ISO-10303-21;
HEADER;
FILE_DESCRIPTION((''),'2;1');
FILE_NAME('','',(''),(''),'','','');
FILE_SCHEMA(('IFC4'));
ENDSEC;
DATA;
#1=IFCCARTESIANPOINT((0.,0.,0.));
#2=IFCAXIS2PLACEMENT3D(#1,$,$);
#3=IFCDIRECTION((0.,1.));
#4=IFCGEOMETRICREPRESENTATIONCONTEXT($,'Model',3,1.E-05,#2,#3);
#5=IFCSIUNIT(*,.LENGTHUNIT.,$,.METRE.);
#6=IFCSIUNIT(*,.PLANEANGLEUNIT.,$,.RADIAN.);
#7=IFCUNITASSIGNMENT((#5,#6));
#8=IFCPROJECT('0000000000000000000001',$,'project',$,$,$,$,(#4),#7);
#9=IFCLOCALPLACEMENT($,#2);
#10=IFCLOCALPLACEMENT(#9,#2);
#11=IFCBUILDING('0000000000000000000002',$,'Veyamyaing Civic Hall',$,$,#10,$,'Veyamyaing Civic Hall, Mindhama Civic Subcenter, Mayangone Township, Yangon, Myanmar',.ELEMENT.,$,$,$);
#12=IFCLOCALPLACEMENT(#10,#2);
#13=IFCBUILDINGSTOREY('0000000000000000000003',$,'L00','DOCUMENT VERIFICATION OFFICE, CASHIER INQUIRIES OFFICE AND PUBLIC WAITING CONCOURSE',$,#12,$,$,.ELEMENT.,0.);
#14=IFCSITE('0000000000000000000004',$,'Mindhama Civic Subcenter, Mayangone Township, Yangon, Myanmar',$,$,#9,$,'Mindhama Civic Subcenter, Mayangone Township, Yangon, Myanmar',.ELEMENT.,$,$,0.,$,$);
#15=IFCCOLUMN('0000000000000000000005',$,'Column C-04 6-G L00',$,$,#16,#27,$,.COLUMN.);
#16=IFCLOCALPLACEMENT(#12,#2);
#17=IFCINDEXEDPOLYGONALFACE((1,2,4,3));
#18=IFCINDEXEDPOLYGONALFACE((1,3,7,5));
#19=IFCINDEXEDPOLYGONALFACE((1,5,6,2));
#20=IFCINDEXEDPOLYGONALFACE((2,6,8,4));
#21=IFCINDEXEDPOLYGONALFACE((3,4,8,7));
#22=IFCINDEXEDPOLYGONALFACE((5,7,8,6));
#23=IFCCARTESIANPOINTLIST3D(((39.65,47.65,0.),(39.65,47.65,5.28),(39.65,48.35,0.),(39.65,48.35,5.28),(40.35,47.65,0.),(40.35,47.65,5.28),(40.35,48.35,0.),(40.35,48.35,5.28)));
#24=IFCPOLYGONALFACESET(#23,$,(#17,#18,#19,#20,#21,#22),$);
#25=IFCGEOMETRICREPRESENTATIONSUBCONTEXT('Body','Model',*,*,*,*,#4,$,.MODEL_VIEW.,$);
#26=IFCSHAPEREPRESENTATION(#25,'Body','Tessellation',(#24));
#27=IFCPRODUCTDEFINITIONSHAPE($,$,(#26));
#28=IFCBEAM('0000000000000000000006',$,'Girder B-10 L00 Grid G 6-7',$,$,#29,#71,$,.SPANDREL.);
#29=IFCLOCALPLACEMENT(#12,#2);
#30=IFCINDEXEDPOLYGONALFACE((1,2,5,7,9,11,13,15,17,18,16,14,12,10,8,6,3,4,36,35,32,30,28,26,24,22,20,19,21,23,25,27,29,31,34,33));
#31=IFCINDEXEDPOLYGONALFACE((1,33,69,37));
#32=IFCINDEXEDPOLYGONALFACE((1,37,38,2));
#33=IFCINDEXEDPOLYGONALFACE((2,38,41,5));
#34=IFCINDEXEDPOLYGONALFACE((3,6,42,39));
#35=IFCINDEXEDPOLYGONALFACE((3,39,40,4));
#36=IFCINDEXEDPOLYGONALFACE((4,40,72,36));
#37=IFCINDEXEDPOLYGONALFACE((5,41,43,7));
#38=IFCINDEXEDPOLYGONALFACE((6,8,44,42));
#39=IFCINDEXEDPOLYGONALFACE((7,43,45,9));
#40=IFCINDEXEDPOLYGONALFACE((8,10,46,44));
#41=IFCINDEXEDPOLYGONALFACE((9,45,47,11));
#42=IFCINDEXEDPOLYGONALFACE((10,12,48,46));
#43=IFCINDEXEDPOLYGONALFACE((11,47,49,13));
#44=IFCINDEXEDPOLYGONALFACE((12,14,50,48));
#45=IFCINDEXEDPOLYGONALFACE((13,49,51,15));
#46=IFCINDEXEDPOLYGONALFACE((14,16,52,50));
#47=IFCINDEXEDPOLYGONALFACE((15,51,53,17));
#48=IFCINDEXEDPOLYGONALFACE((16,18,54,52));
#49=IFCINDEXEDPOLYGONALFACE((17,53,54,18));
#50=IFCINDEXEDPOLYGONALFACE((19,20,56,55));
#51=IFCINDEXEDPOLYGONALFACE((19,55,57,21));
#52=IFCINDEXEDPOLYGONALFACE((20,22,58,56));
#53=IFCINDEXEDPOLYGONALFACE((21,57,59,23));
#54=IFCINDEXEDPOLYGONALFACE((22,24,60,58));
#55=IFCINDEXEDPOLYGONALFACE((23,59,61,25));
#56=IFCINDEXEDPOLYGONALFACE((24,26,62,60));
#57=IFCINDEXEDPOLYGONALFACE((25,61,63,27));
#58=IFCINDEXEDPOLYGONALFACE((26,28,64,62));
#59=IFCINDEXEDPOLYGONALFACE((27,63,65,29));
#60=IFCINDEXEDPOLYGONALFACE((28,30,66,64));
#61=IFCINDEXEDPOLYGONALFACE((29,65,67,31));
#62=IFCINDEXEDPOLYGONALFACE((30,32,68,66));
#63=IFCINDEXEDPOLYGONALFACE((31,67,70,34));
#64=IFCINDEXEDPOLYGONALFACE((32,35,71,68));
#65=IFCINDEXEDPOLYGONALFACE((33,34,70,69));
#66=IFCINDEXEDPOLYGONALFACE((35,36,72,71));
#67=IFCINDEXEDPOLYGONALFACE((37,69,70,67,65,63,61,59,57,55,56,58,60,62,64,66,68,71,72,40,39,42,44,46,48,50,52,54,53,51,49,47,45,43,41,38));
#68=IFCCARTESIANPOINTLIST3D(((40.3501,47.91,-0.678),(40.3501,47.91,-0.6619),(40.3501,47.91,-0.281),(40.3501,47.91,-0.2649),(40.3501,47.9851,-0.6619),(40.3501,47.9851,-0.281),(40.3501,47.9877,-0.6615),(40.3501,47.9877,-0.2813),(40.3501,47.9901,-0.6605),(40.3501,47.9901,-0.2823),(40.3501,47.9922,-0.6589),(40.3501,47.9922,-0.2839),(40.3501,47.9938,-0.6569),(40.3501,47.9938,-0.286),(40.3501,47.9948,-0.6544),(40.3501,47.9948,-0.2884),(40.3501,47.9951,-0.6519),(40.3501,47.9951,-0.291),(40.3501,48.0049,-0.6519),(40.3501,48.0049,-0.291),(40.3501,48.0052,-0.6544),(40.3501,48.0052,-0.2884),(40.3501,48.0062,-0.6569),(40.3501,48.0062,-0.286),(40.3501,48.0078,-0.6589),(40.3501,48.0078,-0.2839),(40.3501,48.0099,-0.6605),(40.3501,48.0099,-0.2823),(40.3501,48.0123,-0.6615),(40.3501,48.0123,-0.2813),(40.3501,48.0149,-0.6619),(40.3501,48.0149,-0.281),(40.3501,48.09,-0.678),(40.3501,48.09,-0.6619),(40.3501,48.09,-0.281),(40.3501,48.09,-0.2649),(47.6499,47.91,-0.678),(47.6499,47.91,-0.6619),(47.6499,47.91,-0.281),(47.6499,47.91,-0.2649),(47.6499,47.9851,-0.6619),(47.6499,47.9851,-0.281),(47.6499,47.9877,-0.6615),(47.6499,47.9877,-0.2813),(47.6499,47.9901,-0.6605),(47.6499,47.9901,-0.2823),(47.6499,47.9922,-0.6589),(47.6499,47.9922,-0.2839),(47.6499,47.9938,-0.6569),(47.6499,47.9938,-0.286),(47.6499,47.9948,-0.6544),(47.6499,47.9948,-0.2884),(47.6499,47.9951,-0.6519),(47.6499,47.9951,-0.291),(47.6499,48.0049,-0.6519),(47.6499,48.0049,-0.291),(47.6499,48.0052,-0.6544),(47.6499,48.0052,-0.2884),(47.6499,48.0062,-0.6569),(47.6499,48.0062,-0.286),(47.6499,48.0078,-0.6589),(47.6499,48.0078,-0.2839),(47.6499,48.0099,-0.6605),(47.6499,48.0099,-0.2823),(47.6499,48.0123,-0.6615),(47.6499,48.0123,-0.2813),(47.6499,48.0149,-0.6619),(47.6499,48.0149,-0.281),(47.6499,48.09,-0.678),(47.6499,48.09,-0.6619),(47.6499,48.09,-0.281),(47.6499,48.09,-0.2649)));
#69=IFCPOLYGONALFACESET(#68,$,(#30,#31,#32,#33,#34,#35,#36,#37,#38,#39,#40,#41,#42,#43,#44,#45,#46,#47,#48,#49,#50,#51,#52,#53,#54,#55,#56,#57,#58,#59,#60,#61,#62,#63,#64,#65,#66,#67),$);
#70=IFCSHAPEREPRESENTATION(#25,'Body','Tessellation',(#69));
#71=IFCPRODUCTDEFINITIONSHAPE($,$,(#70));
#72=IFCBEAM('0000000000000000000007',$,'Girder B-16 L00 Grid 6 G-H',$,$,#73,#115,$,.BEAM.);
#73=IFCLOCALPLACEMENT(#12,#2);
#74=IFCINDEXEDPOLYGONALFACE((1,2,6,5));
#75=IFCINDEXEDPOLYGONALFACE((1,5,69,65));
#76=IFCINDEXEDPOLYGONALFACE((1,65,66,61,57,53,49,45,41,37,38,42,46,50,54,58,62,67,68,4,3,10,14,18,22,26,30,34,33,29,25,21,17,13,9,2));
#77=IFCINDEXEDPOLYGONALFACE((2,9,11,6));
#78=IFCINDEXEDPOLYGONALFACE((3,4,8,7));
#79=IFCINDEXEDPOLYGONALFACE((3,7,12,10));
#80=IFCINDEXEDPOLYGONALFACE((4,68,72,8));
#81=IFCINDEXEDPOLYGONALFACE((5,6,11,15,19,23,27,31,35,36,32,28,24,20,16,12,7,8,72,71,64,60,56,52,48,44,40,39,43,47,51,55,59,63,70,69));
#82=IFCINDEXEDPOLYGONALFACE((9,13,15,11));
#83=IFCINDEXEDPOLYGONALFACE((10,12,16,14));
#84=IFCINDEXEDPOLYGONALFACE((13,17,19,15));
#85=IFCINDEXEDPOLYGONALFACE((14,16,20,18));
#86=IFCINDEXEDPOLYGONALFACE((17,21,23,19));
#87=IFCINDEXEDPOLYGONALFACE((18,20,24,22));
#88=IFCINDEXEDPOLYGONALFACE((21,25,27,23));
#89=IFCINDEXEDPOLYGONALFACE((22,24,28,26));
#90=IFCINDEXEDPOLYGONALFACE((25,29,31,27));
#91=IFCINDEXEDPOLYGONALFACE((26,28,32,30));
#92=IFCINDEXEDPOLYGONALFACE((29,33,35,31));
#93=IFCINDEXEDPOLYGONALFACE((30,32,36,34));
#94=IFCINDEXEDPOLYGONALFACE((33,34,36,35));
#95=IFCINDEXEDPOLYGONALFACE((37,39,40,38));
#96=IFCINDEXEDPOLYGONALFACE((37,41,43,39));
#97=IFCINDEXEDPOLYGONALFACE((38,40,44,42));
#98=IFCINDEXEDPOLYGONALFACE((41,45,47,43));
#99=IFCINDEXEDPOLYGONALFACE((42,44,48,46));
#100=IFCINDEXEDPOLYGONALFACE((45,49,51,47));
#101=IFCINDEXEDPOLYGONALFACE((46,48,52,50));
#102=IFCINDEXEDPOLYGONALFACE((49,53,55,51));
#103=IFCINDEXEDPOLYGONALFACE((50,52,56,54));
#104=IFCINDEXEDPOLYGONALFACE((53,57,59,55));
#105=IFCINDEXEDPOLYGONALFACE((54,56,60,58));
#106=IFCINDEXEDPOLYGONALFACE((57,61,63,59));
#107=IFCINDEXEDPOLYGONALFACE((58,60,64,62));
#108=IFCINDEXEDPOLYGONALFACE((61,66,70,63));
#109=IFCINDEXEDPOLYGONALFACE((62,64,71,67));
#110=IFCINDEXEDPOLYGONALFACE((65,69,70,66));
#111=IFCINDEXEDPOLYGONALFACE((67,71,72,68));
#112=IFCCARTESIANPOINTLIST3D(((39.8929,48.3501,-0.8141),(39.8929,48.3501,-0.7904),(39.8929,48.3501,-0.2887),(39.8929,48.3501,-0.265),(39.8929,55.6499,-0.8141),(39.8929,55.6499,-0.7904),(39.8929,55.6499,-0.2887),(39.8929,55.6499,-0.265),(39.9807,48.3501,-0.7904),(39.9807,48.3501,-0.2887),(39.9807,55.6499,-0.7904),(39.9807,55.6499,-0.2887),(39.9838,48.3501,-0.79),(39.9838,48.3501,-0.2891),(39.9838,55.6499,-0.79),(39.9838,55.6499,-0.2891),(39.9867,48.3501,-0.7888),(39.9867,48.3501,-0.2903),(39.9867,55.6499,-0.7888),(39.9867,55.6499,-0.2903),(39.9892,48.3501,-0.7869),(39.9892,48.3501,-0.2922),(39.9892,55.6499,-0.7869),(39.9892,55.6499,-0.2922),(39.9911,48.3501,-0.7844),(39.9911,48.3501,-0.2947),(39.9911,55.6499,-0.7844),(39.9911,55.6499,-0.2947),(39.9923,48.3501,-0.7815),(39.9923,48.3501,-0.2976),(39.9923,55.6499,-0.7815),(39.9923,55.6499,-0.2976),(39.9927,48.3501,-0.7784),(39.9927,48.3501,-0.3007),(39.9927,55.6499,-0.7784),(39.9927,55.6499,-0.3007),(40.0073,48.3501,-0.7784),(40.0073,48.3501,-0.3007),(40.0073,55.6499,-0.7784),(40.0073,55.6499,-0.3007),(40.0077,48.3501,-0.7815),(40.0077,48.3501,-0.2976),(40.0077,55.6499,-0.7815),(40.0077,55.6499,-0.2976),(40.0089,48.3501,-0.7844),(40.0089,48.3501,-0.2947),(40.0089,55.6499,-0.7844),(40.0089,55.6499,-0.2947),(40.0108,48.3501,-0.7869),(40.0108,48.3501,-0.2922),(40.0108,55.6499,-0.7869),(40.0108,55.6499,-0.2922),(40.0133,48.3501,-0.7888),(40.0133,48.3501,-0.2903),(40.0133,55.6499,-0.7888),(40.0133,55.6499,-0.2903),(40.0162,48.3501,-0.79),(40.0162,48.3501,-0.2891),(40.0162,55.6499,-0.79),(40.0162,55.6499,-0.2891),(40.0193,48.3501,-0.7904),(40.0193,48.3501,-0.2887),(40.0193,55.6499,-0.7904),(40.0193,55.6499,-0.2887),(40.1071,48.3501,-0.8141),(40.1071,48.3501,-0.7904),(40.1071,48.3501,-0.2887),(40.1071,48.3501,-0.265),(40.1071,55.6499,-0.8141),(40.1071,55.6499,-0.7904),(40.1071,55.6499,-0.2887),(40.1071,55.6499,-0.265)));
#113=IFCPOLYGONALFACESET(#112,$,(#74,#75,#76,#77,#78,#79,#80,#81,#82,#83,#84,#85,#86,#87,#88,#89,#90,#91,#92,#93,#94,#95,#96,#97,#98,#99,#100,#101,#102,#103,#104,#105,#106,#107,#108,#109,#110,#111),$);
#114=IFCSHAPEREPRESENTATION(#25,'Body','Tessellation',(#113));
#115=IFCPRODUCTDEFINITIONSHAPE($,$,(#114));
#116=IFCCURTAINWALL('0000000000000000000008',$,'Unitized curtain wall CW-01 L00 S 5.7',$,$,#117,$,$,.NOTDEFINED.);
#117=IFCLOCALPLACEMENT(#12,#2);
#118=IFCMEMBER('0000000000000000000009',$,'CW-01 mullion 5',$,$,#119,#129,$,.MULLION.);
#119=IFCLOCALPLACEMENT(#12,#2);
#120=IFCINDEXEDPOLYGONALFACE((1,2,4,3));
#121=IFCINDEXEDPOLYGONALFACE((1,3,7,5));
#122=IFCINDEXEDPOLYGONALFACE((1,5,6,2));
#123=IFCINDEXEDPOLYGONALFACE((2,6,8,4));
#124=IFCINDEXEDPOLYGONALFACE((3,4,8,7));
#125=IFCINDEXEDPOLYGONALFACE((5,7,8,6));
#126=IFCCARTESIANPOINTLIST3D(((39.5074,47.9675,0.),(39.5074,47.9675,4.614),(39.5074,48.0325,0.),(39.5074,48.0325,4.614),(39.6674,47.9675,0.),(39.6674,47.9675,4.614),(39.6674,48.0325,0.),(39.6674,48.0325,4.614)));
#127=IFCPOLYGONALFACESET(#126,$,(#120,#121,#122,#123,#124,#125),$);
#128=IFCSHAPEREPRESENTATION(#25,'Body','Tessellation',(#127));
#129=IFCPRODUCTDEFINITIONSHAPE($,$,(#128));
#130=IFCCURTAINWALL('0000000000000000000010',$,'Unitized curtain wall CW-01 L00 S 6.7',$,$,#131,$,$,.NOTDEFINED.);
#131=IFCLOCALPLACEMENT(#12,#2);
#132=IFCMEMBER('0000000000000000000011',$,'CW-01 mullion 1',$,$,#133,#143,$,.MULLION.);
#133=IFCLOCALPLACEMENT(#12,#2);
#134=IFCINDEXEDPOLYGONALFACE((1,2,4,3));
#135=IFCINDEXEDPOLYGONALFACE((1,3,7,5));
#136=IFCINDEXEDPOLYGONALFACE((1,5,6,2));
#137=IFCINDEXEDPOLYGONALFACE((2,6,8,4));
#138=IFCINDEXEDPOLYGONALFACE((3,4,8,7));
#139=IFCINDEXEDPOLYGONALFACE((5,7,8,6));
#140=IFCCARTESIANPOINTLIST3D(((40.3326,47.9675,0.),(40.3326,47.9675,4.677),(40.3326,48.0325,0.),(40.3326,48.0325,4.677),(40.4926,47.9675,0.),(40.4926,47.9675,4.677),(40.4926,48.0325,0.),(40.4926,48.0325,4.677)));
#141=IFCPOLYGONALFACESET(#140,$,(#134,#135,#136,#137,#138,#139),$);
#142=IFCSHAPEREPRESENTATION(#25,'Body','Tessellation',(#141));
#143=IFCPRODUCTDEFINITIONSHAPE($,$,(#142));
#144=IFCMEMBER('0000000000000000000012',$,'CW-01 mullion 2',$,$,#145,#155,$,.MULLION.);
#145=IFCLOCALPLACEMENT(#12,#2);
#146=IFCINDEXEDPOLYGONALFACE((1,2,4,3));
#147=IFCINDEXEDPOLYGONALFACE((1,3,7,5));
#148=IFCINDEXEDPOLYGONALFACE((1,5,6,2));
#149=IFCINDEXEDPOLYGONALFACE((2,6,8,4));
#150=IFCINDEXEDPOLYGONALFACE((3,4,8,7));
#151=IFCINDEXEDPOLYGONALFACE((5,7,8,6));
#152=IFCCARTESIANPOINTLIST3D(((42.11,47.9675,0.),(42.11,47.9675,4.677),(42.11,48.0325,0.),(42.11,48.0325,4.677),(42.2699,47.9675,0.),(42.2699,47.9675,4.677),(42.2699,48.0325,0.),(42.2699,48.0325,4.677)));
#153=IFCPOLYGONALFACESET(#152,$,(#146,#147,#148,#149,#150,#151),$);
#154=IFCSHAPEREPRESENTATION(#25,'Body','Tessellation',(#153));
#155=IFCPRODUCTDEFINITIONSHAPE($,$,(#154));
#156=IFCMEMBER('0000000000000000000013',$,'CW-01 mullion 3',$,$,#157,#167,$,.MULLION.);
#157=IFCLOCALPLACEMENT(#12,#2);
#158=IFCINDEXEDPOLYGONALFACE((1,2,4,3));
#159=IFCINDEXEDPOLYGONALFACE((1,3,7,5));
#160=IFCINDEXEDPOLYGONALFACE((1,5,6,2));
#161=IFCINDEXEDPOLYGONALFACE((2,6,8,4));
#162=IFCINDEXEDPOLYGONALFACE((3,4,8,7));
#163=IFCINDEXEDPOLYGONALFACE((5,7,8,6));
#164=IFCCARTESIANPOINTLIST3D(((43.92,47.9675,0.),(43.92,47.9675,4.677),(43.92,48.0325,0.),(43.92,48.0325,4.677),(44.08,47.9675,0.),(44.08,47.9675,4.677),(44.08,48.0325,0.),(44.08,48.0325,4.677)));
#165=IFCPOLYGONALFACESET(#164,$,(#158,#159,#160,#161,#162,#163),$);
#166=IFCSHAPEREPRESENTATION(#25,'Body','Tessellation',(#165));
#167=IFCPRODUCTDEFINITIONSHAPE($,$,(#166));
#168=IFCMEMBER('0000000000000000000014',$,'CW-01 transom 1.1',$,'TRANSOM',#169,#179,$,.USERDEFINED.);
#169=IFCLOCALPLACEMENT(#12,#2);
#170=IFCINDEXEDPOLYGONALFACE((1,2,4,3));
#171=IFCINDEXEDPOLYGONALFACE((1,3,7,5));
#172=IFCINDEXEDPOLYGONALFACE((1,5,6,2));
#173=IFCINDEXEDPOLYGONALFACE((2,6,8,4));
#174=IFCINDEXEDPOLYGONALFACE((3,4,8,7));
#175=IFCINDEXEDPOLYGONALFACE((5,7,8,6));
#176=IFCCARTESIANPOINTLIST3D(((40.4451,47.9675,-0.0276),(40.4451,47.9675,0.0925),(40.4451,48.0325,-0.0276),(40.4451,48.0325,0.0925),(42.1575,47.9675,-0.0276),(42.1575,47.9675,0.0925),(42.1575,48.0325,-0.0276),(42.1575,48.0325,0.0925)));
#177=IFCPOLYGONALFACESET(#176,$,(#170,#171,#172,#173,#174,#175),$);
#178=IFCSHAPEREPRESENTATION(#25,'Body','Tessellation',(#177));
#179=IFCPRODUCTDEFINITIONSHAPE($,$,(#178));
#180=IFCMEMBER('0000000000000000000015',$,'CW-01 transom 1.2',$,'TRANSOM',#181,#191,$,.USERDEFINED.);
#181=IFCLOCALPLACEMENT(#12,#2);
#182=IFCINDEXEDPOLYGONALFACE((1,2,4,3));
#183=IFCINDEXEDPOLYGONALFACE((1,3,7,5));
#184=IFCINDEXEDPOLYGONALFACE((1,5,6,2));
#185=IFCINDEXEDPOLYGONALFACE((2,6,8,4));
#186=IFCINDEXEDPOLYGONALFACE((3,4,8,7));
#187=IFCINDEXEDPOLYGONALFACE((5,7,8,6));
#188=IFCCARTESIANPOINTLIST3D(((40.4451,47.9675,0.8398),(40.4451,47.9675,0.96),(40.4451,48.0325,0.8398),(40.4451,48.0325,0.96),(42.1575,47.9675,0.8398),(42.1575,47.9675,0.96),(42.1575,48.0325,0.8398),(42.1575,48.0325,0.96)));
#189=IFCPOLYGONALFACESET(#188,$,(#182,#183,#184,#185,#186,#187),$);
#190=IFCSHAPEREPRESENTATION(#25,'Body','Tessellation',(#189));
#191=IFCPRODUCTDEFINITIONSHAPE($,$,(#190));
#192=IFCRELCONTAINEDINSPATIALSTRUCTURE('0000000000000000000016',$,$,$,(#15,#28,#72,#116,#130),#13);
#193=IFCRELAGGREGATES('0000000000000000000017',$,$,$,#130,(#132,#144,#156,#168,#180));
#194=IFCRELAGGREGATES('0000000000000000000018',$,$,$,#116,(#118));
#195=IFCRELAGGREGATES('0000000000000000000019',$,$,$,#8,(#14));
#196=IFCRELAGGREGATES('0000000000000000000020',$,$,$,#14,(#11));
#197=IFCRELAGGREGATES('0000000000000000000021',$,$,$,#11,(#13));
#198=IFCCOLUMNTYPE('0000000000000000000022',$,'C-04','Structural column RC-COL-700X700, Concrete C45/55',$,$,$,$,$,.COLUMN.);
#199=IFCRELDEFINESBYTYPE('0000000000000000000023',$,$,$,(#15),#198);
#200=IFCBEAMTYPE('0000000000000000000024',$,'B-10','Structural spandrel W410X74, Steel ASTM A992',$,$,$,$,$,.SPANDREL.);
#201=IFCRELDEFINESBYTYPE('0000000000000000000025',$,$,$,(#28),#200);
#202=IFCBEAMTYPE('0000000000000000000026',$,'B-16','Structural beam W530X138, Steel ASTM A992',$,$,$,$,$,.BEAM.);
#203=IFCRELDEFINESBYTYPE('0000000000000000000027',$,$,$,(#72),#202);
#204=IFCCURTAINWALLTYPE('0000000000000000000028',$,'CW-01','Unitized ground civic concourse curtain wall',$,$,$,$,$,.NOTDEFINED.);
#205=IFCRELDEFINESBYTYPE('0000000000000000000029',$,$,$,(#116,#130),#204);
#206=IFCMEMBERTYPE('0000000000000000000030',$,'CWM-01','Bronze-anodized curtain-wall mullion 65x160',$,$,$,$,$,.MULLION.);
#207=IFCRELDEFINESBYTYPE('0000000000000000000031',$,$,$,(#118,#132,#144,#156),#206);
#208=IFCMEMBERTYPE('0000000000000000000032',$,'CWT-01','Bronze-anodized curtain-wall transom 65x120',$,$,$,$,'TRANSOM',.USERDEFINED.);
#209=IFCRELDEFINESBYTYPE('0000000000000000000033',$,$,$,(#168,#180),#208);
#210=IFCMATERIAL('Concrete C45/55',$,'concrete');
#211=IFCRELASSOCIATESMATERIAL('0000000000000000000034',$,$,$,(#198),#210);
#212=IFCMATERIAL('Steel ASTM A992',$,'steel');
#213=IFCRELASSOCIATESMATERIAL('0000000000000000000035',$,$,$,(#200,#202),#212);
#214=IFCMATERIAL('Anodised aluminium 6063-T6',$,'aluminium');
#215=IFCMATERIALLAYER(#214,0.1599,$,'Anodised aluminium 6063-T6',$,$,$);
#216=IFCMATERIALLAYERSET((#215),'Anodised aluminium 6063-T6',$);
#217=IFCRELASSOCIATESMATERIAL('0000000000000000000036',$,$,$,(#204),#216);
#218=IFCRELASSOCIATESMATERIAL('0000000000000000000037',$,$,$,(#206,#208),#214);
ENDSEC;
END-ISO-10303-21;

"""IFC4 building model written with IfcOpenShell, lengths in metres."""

from ifc_helpers import new_model, si_unit, direction, frame, origin, origin_2d, place, context, subcontext, project, spatial, rectangle, i_section, extrude, material, layer, layer_set, material_profile, profile_set, type_object, element, aggregate, save


model = new_model("IFC4")

# Units and contexts
model_context = context("Model", 3, precision=1e-05, world=origin(), true_north=direction((0.0, 1.0)))
body_context = subcontext(model_context, "Body", "Model", "MODEL_VIEW")
ifc_project = project(units=[si_unit("LENGTHUNIT", "METRE"), si_unit("PLANEANGLEUNIT", "RADIAN")], contexts=[model_context])

# Site, building, storey
site_placement = place(None, origin())
site = spatial("IfcSite", under=ifc_project, at=site_placement, Name="Mindhama Civic Subcenter, Mayangone Township, Yangon, Myanmar", LongName="Mindhama Civic Subcenter, Mayangone Township, Yangon, Myanmar", CompositionType="ELEMENT", RefElevation=0.0)
building_placement = place(site_placement, origin())
building = spatial("IfcBuilding", under=site, at=building_placement, Name="Veyamyaing Civic Hall", LongName="Veyamyaing Civic Hall, Mindhama Civic Subcenter, Mayangone Township, Yangon, Myanmar", CompositionType="ELEMENT")
storey_placement = place(building_placement, origin())
storey = spatial("IfcBuildingStorey", under=building, at=storey_placement, Name="L00", Description="DOCUMENT VERIFICATION OFFICE, CASHIER INQUIRIES OFFICE AND PUBLIC WAITING CONCOURSE", CompositionType="ELEMENT", Elevation=0.0)

# Column
ifc_material_1 = material(Name="Concrete C45/55", Category="concrete")
ifc_material_profile_1 = material_profile(ifc_material_1, rectangle(XDim=0.7, YDim=0.7, at=origin_2d()), Name="RC-COL-700X700")
ifc_profile_set_1 = profile_set([ifc_material_profile_1], Name="Concrete C45/55")
column_type = type_object("IfcColumnType", Name="C-04", Description="Structural column RC-COL-700X700, Concrete C45/55", PredefinedType="COLUMN", material=ifc_profile_set_1)
column_placement = place(storey_placement, frame((40.0, 48.0, 0.0), z_axis=(0.0, 0.0, 1.0), x_axis=(1.0, 0.0, 0.0)))
element("IfcColumn", 1, at=column_placement, inside=storey, type_object=column_type, Name="Column C-04 6-G L00", PredefinedType="COLUMN", context=body_context, shape_type="SweptSolid", body=[
    extrude(rectangle(XDim=0.7, YDim=0.7, at=origin_2d()), origin(), (0.0, 0.0, 1.0), 5.28),
])

# Beams
ifc_material_2 = material(Name="Steel ASTM A992", Category="steel")
ifc_material_profile_2 = material_profile(ifc_material_2, i_section(OverallWidth=0.1799, OverallDepth=0.4131, WebThickness=0.0098, FlangeThickness=0.0161, FilletRadius=0.01, at=origin_2d()), Name="W410X74")
ifc_profile_set_2 = profile_set([ifc_material_profile_2], Name="Steel ASTM A992")
beam_type_1 = type_object("IfcBeamType", Name="B-10", Description="Structural spandrel W410X74, Steel ASTM A992", PredefinedType="SPANDREL", material=ifc_profile_set_2)
beam_1_placement = place(storey_placement, frame((40.3501, 48.0, -0.4714), z_axis=(1.0, 0.0, 0.0), x_axis=(0.0, 1.0, 0.0)))
element("IfcBeam", 2, at=beam_1_placement, inside=storey, type_object=beam_type_1, Name="Girder B-10 L00 Grid G 6-7", PredefinedType="SPANDREL", context=body_context, shape_type="SweptSolid", body=[
    extrude(i_section(OverallWidth=0.1799, OverallDepth=0.4131, WebThickness=0.0098, FlangeThickness=0.0161, FilletRadius=0.01, at=origin_2d()), origin(), (0.0, 0.0, 1.0), 7.2998),
])
ifc_material_profile_3 = material_profile(ifc_material_2, i_section(OverallWidth=0.2141, OverallDepth=0.5491, WebThickness=0.0146, FlangeThickness=0.0237, FilletRadius=0.012, at=origin_2d()), Name="W530X138")
ifc_profile_set_3 = profile_set([ifc_material_profile_3], Name="Steel ASTM A992")
beam_type_2 = type_object("IfcBeamType", Name="B-16", Description="Structural beam W530X138, Steel ASTM A992", PredefinedType="BEAM", material=ifc_profile_set_3)
beam_2_placement = place(storey_placement, frame((40.0, 48.3501, -0.5396), z_axis=(0.0, 1.0, 0.0), x_axis=(-1.0, 0.0, 0.0)))
element("IfcBeam", 3, at=beam_2_placement, inside=storey, type_object=beam_type_2, Name="Girder B-16 L00 Grid 6 G-H", PredefinedType="BEAM", context=body_context, shape_type="SweptSolid", body=[
    extrude(i_section(OverallWidth=0.2141, OverallDepth=0.5491, WebThickness=0.0146, FlangeThickness=0.0237, FilletRadius=0.012, at=origin_2d()), origin(), (0.0, 0.0, 1.0), 7.2998),
])

# Curtain wall, member
ifc_material_3 = material(Name="Anodised aluminium 6063-T6", Category="aluminium")
ifc_layer_1 = layer(ifc_material_3, 0.1599, Name="Anodised aluminium 6063-T6")
ifc_layer_set_1 = layer_set([ifc_layer_1], Name="Anodised aluminium 6063-T6")
curtain_wall_type = type_object("IfcCurtainWallType", Name="CW-01", Description="Unitized ground civic concourse curtain wall", PredefinedType="NOTDEFINED", material=ifc_layer_set_1)
curtain_wall_1_placement = place(storey_placement, origin())
curtain_wall_1 = element("IfcCurtainWall", 4, at=curtain_wall_1_placement, inside=storey, type_object=curtain_wall_type, Name="Unitized curtain wall CW-01 L00 S 5.7", PredefinedType="NOTDEFINED")
ifc_material_profile_4 = material_profile(ifc_material_3, rectangle(XDim=0.0649, YDim=0.1599, at=origin_2d()), Name="ALU-MUL-65X160")
ifc_profile_set_4 = profile_set([ifc_material_profile_4], Name="Anodised aluminium 6063-T6")
member_type_1 = type_object("IfcMemberType", Name="CWM-01", Description="Bronze-anodized curtain-wall mullion 65x160", PredefinedType="MULLION", material=ifc_profile_set_4)
member_1_placement = place(storey_placement, frame((39.5874, 48.0, 0.0), z_axis=(0.0, 0.0, 1.0), x_axis=(0.0, 1.0, 0.0)))
member_1 = element("IfcMember", 5, at=member_1_placement, type_object=member_type_1, Name="CW-01 mullion 5", PredefinedType="MULLION", context=body_context, shape_type="SweptSolid", body=[
    extrude(rectangle(XDim=0.0649, YDim=0.1599, at=origin_2d()), origin(), (0.0, 0.0, 1.0), 4.614),
])

# Curtain wall, members
curtain_wall_2_placement = place(storey_placement, origin())
curtain_wall_2 = element("IfcCurtainWall", 6, at=curtain_wall_2_placement, inside=storey, type_object=curtain_wall_type, Name="Unitized curtain wall CW-01 L00 S 6.7", PredefinedType="NOTDEFINED")
member_2_placement = place(storey_placement, frame((40.4126, 48.0, 0.0), z_axis=(0.0, 0.0, 1.0), x_axis=(0.0, 1.0, 0.0)))
member_2 = element("IfcMember", 7, at=member_2_placement, type_object=member_type_1, Name="CW-01 mullion 1", PredefinedType="MULLION", context=body_context, shape_type="SweptSolid", body=[
    extrude(rectangle(XDim=0.0649, YDim=0.1599, at=origin_2d()), origin(), (0.0, 0.0, 1.0), 4.677),
])
member_3_placement = place(storey_placement, frame((42.1899, 48.0, 0.0), z_axis=(0.0, 0.0, 1.0), x_axis=(0.0, 1.0, 0.0)))
member_3 = element("IfcMember", 8, at=member_3_placement, type_object=member_type_1, Name="CW-01 mullion 2", PredefinedType="MULLION", context=body_context, shape_type="SweptSolid", body=[
    extrude(rectangle(XDim=0.0649, YDim=0.1599, at=origin_2d()), origin(), (0.0, 0.0, 1.0), 4.677),
])
member_4_placement = place(storey_placement, frame((44.0, 48.0, 0.0), z_axis=(0.0, 0.0, 1.0), x_axis=(0.0, 1.0, 0.0)))
member_4 = element("IfcMember", 9, at=member_4_placement, type_object=member_type_1, Name="CW-01 mullion 3", PredefinedType="MULLION", context=body_context, shape_type="SweptSolid", body=[
    extrude(rectangle(XDim=0.0649, YDim=0.1599, at=origin_2d()), origin(), (0.0, 0.0, 1.0), 4.677),
])
ifc_material_profile_5 = material_profile(ifc_material_3, rectangle(XDim=0.0649, YDim=0.1201, at=origin_2d()), Name="ALU-TRN-65X120")
ifc_profile_set_5 = profile_set([ifc_material_profile_5], Name="Anodised aluminium 6063-T6")
member_type_2 = type_object("IfcMemberType", Name="CWT-01", Description="Bronze-anodized curtain-wall transom 65x120", ElementType="TRANSOM", PredefinedType="USERDEFINED", material=ifc_profile_set_5)
member_5_placement = place(storey_placement, frame((40.4451, 48.0, 0.0325), z_axis=(1.0, 0.0, 0.0), x_axis=(0.0, 1.0, 0.0)))
member_5 = element("IfcMember", 10, at=member_5_placement, type_object=member_type_2, Name="CW-01 transom 1.1", ObjectType="TRANSOM", PredefinedType="USERDEFINED", context=body_context, shape_type="SweptSolid", body=[
    extrude(rectangle(XDim=0.0649, YDim=0.1201, at=origin_2d()), origin(), (0.0, 0.0, 1.0), 1.7124),
])
member_6_placement = place(storey_placement, frame((40.4451, 48.0, 0.8999), z_axis=(1.0, 0.0, 0.0), x_axis=(0.0, 1.0, 0.0)))
member_6 = element("IfcMember", 11, at=member_6_placement, type_object=member_type_2, Name="CW-01 transom 1.2", ObjectType="TRANSOM", PredefinedType="USERDEFINED", context=body_context, shape_type="SweptSolid", body=[
    extrude(rectangle(XDim=0.0649, YDim=0.1201, at=origin_2d()), origin(), (0.0, 0.0, 1.0), 1.7124),
])

aggregate(curtain_wall_2, [member_2, member_3, member_4, member_5, member_6])
aggregate(curtain_wall_1, [member_1])

save(model, "model.ifc")
